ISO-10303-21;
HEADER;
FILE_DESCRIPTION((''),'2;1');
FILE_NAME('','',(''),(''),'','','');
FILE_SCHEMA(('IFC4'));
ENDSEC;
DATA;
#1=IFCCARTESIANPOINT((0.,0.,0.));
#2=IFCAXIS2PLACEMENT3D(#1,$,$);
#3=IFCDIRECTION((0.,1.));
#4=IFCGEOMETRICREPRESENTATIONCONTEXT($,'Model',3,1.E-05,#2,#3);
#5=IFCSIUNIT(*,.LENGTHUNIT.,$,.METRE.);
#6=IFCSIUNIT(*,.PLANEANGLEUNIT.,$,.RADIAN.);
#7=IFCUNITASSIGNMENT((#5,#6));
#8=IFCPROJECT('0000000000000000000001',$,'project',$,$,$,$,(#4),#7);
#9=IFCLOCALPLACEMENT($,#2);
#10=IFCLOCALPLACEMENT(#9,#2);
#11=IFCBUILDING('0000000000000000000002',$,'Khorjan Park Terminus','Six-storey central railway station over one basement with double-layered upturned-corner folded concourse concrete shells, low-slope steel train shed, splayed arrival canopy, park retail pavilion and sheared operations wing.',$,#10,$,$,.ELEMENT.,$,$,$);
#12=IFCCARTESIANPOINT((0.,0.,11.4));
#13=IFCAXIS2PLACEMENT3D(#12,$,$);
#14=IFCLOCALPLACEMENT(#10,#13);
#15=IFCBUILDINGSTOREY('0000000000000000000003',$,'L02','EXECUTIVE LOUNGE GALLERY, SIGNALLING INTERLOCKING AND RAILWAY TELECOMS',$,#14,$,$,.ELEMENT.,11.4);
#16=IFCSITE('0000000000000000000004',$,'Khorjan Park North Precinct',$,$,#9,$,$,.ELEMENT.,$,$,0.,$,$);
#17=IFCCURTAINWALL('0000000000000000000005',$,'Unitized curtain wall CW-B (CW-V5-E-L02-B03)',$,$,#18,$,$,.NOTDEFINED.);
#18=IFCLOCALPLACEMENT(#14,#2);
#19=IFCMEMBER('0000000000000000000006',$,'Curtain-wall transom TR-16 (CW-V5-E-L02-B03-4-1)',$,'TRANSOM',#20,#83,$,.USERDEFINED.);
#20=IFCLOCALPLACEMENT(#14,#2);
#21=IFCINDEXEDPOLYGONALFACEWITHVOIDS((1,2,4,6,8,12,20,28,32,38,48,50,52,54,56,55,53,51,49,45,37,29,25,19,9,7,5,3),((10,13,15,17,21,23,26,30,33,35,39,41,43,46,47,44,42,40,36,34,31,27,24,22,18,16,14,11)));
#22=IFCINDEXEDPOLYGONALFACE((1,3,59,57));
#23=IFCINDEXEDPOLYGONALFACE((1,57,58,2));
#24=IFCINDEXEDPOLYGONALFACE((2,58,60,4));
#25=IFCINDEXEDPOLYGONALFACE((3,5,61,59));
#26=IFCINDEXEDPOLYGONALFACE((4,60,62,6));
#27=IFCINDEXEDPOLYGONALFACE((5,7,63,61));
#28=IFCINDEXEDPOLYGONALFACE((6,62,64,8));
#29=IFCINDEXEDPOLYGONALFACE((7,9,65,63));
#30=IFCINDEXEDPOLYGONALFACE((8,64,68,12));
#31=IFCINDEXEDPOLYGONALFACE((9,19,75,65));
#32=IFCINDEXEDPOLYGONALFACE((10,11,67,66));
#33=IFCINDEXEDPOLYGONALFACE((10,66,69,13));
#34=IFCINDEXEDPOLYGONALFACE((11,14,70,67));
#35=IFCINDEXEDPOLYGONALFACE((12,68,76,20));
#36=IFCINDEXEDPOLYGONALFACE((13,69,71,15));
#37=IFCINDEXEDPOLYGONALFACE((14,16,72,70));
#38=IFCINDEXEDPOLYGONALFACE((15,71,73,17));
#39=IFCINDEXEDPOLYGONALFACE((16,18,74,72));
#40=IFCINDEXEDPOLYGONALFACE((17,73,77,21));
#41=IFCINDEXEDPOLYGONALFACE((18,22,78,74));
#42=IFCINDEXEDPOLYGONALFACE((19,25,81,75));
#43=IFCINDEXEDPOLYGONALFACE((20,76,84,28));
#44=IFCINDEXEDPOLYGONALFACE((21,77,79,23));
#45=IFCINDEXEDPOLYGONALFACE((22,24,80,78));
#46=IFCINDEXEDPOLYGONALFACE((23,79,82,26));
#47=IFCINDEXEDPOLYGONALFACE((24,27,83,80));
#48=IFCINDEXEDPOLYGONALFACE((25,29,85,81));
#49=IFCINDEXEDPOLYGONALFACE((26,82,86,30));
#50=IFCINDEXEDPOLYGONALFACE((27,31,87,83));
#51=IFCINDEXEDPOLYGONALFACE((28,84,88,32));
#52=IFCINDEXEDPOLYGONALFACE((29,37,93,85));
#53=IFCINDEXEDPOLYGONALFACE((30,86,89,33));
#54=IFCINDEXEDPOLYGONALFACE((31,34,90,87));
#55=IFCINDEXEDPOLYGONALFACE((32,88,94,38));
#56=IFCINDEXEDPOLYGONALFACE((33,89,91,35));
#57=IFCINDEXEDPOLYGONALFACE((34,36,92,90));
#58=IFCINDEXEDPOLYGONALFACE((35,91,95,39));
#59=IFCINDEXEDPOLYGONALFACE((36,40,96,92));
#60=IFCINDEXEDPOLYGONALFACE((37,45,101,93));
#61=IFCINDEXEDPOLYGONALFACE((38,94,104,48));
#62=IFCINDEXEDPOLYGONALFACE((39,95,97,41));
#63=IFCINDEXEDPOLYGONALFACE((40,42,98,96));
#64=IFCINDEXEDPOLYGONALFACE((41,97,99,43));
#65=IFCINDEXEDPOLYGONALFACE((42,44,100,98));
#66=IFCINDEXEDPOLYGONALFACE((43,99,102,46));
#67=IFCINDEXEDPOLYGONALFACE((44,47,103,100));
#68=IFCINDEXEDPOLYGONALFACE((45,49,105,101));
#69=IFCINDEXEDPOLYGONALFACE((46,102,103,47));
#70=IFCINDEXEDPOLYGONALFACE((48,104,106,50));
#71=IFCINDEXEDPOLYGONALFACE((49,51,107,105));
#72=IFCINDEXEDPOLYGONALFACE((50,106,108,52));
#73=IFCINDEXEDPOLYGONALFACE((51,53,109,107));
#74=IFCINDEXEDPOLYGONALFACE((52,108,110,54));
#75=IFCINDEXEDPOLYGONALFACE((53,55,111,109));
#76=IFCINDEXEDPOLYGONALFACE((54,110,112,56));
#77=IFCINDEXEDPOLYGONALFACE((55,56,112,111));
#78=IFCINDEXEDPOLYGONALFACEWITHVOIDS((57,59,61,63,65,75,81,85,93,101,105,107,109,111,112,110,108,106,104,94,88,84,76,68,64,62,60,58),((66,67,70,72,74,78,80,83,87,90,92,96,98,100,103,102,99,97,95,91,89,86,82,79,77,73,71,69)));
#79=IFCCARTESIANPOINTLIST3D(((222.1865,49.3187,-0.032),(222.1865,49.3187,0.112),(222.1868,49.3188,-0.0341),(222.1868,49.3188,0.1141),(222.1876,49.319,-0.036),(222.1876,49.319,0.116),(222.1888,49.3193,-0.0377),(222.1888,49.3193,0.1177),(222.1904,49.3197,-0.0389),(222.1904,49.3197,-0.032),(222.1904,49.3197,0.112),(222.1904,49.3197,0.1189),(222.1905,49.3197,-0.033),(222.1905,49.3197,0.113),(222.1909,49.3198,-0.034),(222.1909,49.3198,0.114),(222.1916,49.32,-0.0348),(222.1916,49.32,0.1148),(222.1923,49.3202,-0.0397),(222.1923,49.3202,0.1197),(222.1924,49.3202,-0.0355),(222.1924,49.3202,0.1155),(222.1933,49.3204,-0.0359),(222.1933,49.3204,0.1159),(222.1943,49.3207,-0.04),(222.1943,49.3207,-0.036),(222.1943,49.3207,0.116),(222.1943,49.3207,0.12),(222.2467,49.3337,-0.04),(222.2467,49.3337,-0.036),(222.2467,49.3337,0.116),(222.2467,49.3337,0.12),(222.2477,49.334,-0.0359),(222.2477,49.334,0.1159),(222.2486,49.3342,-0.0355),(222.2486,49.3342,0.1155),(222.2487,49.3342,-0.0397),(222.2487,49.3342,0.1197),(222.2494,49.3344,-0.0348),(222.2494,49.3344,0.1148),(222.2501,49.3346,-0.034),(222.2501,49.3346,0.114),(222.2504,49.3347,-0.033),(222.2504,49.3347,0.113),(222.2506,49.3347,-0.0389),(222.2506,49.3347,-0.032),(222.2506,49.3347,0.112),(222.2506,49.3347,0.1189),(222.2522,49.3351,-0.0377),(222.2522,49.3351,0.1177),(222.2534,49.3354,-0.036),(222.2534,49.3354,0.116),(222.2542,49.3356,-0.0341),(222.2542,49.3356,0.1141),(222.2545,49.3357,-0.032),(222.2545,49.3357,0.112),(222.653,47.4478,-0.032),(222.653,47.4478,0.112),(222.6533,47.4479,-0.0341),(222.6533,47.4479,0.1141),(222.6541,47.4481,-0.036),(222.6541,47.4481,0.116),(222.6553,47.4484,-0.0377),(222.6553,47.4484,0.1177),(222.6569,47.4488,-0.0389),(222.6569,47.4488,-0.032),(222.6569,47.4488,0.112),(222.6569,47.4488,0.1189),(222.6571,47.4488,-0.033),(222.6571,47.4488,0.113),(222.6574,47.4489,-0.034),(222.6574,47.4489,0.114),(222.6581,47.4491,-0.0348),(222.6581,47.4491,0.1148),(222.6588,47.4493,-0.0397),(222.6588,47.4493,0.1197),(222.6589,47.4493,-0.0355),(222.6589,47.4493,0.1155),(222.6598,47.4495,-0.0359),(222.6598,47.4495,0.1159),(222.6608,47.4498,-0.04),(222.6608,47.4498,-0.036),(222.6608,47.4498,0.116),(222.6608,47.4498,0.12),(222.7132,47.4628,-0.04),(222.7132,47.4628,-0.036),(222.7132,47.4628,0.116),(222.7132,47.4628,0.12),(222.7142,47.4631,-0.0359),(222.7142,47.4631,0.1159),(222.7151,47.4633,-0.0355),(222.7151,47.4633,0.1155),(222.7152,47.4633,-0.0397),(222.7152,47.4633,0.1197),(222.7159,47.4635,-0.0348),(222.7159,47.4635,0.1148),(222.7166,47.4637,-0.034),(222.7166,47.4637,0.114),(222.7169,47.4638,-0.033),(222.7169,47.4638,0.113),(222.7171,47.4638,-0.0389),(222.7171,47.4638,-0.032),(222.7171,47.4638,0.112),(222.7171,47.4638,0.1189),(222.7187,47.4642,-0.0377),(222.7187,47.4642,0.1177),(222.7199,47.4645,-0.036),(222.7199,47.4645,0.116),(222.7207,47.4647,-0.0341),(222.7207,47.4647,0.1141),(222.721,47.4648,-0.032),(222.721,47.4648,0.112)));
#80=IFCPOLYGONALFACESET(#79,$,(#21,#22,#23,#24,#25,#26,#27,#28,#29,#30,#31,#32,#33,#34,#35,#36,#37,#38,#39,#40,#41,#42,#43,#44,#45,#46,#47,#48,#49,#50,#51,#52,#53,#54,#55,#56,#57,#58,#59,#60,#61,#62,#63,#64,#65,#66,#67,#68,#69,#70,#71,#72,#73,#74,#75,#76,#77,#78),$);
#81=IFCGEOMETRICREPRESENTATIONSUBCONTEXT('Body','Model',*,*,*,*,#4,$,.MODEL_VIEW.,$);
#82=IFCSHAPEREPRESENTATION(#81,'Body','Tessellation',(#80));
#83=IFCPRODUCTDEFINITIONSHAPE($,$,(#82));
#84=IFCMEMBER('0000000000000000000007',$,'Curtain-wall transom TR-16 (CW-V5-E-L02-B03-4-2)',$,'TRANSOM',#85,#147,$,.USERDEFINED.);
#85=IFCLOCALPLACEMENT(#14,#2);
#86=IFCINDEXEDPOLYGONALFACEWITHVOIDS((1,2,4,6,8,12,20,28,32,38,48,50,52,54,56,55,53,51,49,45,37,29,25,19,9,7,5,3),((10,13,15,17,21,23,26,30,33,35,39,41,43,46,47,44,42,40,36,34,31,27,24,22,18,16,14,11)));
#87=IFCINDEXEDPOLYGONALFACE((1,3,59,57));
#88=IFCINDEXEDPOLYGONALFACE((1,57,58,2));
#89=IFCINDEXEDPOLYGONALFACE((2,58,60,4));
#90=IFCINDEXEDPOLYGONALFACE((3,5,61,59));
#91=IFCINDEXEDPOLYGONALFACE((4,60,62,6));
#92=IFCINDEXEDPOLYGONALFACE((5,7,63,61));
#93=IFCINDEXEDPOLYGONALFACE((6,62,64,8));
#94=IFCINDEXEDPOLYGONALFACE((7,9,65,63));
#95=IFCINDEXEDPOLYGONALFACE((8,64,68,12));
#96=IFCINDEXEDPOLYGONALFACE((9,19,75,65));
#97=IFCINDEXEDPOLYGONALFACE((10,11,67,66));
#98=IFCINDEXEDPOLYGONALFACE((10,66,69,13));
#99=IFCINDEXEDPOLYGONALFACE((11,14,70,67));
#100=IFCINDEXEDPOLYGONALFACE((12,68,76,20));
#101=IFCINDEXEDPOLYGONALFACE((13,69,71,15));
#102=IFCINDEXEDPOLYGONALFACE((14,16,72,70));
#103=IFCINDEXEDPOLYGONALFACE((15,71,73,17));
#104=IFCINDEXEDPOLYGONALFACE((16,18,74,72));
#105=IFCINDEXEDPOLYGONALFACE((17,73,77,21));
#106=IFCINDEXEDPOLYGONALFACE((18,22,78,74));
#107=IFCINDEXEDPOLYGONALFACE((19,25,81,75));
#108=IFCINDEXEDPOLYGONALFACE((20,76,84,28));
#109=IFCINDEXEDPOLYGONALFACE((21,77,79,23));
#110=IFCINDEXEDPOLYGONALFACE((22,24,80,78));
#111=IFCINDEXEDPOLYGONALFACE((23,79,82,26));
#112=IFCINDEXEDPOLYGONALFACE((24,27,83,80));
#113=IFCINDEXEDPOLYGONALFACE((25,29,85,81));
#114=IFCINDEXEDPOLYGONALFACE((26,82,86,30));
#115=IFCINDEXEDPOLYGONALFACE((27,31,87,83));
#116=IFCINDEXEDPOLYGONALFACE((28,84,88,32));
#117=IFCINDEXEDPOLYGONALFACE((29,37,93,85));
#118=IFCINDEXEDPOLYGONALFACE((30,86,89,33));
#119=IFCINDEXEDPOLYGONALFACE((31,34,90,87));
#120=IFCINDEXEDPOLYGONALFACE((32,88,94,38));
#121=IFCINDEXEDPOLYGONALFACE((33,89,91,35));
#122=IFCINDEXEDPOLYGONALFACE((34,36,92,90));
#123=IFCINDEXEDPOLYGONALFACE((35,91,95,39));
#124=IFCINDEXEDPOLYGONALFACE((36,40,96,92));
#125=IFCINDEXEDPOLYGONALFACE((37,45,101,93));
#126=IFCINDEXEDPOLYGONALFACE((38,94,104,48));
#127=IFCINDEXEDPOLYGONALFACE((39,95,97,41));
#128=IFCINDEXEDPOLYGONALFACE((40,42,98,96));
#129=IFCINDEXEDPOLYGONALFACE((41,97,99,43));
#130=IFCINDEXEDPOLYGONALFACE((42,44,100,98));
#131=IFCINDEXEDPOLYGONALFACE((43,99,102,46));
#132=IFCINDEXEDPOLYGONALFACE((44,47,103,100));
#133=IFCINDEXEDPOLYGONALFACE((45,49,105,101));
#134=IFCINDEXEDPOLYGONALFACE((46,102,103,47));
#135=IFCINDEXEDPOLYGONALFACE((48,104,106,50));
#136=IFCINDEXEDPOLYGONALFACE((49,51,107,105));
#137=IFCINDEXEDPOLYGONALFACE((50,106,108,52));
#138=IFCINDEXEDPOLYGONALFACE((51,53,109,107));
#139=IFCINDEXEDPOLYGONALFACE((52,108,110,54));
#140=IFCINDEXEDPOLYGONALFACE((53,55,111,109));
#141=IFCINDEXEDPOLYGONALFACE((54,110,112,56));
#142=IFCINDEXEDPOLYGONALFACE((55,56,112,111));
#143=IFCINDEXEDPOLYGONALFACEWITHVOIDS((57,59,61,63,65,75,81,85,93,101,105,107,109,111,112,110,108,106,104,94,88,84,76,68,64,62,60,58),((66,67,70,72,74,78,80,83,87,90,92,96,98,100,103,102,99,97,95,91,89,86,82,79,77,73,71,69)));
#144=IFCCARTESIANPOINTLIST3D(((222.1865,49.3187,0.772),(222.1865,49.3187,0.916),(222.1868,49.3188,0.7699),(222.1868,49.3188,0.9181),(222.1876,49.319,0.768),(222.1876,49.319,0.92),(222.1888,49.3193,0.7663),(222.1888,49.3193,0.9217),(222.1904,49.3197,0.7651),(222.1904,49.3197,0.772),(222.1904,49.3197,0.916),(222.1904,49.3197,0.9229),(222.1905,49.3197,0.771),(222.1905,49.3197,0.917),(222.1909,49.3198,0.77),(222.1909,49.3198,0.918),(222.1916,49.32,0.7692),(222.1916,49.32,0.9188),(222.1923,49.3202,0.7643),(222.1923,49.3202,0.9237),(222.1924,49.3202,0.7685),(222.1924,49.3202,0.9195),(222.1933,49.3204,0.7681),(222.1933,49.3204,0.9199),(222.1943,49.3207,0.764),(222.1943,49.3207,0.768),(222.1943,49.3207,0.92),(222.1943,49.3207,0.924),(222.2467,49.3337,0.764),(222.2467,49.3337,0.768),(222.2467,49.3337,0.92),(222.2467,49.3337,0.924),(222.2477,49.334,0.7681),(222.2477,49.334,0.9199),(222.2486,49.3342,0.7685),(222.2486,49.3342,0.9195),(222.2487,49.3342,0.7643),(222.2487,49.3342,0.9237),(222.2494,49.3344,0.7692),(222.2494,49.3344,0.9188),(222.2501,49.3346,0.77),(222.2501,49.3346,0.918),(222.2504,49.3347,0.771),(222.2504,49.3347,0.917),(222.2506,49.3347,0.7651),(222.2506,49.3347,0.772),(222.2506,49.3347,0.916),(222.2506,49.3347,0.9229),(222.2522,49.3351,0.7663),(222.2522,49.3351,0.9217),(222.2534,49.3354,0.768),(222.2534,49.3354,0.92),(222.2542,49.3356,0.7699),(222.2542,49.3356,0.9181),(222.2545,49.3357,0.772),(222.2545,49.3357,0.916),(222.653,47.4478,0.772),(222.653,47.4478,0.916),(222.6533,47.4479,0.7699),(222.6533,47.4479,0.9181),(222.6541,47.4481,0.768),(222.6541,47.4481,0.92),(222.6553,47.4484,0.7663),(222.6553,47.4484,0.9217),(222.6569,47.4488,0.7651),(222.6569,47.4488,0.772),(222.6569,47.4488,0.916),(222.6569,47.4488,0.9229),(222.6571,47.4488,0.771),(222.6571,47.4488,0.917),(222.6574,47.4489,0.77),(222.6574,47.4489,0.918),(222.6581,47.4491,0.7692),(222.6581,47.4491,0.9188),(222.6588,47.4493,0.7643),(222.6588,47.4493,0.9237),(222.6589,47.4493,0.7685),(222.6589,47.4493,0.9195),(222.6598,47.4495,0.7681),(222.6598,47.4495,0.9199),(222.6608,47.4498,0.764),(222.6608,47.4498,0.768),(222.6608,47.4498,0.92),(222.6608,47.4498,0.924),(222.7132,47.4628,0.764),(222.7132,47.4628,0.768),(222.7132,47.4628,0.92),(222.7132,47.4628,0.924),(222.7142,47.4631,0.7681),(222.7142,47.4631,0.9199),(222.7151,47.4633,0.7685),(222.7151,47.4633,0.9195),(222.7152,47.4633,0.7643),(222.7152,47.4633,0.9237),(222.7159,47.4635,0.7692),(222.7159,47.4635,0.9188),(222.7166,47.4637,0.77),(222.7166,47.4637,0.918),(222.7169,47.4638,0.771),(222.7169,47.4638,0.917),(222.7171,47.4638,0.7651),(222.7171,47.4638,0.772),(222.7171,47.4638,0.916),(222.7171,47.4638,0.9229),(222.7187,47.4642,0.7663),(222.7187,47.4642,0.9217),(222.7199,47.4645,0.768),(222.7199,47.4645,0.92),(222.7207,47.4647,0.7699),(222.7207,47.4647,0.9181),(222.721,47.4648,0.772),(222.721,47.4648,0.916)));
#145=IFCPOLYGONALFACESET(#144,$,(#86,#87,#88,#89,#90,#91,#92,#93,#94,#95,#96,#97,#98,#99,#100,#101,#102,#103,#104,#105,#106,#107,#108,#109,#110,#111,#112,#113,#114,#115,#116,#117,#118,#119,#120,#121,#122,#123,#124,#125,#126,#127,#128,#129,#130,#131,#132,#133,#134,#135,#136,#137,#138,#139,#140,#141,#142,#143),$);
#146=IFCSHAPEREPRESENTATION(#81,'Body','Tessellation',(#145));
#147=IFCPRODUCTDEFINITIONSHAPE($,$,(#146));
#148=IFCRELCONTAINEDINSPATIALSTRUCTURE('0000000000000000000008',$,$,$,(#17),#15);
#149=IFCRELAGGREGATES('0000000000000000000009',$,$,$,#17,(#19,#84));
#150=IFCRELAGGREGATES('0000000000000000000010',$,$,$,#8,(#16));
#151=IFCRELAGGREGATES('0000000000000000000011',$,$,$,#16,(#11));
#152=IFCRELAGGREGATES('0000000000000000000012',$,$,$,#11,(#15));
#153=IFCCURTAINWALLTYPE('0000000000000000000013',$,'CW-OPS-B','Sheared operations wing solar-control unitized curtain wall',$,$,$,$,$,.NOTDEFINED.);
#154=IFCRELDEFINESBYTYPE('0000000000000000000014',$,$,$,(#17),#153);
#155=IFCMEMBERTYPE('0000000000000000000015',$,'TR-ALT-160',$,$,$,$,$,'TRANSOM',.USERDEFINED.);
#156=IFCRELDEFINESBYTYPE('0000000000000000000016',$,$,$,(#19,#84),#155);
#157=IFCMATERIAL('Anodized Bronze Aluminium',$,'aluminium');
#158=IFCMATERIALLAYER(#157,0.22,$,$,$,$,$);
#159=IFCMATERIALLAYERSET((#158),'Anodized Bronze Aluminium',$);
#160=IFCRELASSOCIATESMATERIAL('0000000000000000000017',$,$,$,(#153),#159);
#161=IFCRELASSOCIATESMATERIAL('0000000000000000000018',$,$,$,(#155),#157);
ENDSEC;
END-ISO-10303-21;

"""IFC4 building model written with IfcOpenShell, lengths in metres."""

from ifc_helpers import new_model, si_unit, direction, frame, origin, origin_2d, place, context, subcontext, project, spatial, hollow_rectangle, extrude, material, layer, layer_set, material_profile, profile_set, type_object, element, aggregate, save


model = new_model("IFC4")

# Units and contexts
model_context = context("Model", 3, precision=1e-05, world=origin(), true_north=direction((0.0, 1.0)))
body_context = subcontext(model_context, "Body", "Model", "MODEL_VIEW")
ifc_project = project(units=[si_unit("LENGTHUNIT", "METRE"), si_unit("PLANEANGLEUNIT", "RADIAN")], contexts=[model_context])

# Site, building, storey
site_placement = place(None, origin())
site = spatial("IfcSite", under=ifc_project, at=site_placement, Name="Khorjan Park North Precinct", CompositionType="ELEMENT", RefElevation=0.0)
building_placement = place(site_placement, origin())
building = spatial("IfcBuilding", under=site, at=building_placement, Name="Khorjan Park Terminus", Description="Six-storey central railway station over one basement with double-layered upturned-corner folded concourse concrete shells, low-slope steel train shed, splayed arrival canopy, park retail pavilion and sheared operations wing.", CompositionType="ELEMENT")
storey_placement = place(building_placement, frame((0.0, 0.0, 11.4)))
storey = spatial("IfcBuildingStorey", under=building, at=storey_placement, Name="L02", Description="EXECUTIVE LOUNGE GALLERY, SIGNALLING INTERLOCKING AND RAILWAY TELECOMS", CompositionType="ELEMENT", Elevation=11.4)

# Curtain wall, members
ifc_material_1 = material(Name="Anodized Bronze Aluminium", Category="aluminium")
ifc_layer_1 = layer(ifc_material_1, 0.22)
ifc_layer_set_1 = layer_set([ifc_layer_1], Name="Anodized Bronze Aluminium")
curtain_wall_type = type_object("IfcCurtainWallType", Name="CW-OPS-B", Description="Sheared operations wing solar-control unitized curtain wall", PredefinedType="NOTDEFINED", material=ifc_layer_set_1)
curtain_wall_placement = place(storey_placement, origin())
curtain_wall = element("IfcCurtainWall", 1, at=curtain_wall_placement, inside=storey, type_object=curtain_wall_type, Name="Unitized curtain wall CW-B (CW-V5-E-L02-B03)", PredefinedType="NOTDEFINED")
ifc_material_profile_1 = material_profile(ifc_material_1, hollow_rectangle(XDim=0.07, YDim=0.16, WallThickness=0.004, InnerFilletRadius=0.004, OuterFilletRadius=0.008, at=origin_2d()), Name="ALT 70x160x4")
ifc_profile_set_1 = profile_set([ifc_material_profile_1], Name="Anodized Bronze Aluminium")
member_type_1 = type_object("IfcMemberType", Name="TR-ALT-160", ElementType="TRANSOM", PredefinedType="USERDEFINED", material=ifc_profile_set_1)
member_1_placement = place(storey_placement, frame((222.687, 47.4563, 0.04), z_axis=(-0.241938, 0.970292, 0.0), x_axis=(-0.970292, -0.241938, 0.0)))
member_1 = element("IfcMember", 2, at=member_1_placement, type_object=member_type_1, Name="Curtain-wall transom TR-16 (CW-V5-E-L02-B03-4-1)", ObjectType="TRANSOM", PredefinedType="USERDEFINED", context=body_context, shape_type="SweptSolid", body=[
    extrude(hollow_rectangle(XDim=0.07, YDim=0.16, WallThickness=0.004, InnerFilletRadius=0.004, OuterFilletRadius=0.008, at=origin_2d()), origin(), (0.0, 0.0, 1.0), 1.9282),
])
member_2_placement = place(storey_placement, frame((222.687, 47.4563, 0.844), z_axis=(-0.241938, 0.970292, 0.0), x_axis=(-0.970292, -0.241938, 0.0)))
member_2 = element("IfcMember", 3, at=member_2_placement, type_object=member_type_1, Name="Curtain-wall transom TR-16 (CW-V5-E-L02-B03-4-2)", ObjectType="TRANSOM", PredefinedType="USERDEFINED", context=body_context, shape_type="SweptSolid", body=[
    extrude(hollow_rectangle(XDim=0.07, YDim=0.16, WallThickness=0.004, InnerFilletRadius=0.004, OuterFilletRadius=0.008, at=origin_2d()), origin(), (0.0, 0.0, 1.0), 1.9282),
])
aggregate(curtain_wall, [member_1, member_2])

save(model, "model.ifc")
